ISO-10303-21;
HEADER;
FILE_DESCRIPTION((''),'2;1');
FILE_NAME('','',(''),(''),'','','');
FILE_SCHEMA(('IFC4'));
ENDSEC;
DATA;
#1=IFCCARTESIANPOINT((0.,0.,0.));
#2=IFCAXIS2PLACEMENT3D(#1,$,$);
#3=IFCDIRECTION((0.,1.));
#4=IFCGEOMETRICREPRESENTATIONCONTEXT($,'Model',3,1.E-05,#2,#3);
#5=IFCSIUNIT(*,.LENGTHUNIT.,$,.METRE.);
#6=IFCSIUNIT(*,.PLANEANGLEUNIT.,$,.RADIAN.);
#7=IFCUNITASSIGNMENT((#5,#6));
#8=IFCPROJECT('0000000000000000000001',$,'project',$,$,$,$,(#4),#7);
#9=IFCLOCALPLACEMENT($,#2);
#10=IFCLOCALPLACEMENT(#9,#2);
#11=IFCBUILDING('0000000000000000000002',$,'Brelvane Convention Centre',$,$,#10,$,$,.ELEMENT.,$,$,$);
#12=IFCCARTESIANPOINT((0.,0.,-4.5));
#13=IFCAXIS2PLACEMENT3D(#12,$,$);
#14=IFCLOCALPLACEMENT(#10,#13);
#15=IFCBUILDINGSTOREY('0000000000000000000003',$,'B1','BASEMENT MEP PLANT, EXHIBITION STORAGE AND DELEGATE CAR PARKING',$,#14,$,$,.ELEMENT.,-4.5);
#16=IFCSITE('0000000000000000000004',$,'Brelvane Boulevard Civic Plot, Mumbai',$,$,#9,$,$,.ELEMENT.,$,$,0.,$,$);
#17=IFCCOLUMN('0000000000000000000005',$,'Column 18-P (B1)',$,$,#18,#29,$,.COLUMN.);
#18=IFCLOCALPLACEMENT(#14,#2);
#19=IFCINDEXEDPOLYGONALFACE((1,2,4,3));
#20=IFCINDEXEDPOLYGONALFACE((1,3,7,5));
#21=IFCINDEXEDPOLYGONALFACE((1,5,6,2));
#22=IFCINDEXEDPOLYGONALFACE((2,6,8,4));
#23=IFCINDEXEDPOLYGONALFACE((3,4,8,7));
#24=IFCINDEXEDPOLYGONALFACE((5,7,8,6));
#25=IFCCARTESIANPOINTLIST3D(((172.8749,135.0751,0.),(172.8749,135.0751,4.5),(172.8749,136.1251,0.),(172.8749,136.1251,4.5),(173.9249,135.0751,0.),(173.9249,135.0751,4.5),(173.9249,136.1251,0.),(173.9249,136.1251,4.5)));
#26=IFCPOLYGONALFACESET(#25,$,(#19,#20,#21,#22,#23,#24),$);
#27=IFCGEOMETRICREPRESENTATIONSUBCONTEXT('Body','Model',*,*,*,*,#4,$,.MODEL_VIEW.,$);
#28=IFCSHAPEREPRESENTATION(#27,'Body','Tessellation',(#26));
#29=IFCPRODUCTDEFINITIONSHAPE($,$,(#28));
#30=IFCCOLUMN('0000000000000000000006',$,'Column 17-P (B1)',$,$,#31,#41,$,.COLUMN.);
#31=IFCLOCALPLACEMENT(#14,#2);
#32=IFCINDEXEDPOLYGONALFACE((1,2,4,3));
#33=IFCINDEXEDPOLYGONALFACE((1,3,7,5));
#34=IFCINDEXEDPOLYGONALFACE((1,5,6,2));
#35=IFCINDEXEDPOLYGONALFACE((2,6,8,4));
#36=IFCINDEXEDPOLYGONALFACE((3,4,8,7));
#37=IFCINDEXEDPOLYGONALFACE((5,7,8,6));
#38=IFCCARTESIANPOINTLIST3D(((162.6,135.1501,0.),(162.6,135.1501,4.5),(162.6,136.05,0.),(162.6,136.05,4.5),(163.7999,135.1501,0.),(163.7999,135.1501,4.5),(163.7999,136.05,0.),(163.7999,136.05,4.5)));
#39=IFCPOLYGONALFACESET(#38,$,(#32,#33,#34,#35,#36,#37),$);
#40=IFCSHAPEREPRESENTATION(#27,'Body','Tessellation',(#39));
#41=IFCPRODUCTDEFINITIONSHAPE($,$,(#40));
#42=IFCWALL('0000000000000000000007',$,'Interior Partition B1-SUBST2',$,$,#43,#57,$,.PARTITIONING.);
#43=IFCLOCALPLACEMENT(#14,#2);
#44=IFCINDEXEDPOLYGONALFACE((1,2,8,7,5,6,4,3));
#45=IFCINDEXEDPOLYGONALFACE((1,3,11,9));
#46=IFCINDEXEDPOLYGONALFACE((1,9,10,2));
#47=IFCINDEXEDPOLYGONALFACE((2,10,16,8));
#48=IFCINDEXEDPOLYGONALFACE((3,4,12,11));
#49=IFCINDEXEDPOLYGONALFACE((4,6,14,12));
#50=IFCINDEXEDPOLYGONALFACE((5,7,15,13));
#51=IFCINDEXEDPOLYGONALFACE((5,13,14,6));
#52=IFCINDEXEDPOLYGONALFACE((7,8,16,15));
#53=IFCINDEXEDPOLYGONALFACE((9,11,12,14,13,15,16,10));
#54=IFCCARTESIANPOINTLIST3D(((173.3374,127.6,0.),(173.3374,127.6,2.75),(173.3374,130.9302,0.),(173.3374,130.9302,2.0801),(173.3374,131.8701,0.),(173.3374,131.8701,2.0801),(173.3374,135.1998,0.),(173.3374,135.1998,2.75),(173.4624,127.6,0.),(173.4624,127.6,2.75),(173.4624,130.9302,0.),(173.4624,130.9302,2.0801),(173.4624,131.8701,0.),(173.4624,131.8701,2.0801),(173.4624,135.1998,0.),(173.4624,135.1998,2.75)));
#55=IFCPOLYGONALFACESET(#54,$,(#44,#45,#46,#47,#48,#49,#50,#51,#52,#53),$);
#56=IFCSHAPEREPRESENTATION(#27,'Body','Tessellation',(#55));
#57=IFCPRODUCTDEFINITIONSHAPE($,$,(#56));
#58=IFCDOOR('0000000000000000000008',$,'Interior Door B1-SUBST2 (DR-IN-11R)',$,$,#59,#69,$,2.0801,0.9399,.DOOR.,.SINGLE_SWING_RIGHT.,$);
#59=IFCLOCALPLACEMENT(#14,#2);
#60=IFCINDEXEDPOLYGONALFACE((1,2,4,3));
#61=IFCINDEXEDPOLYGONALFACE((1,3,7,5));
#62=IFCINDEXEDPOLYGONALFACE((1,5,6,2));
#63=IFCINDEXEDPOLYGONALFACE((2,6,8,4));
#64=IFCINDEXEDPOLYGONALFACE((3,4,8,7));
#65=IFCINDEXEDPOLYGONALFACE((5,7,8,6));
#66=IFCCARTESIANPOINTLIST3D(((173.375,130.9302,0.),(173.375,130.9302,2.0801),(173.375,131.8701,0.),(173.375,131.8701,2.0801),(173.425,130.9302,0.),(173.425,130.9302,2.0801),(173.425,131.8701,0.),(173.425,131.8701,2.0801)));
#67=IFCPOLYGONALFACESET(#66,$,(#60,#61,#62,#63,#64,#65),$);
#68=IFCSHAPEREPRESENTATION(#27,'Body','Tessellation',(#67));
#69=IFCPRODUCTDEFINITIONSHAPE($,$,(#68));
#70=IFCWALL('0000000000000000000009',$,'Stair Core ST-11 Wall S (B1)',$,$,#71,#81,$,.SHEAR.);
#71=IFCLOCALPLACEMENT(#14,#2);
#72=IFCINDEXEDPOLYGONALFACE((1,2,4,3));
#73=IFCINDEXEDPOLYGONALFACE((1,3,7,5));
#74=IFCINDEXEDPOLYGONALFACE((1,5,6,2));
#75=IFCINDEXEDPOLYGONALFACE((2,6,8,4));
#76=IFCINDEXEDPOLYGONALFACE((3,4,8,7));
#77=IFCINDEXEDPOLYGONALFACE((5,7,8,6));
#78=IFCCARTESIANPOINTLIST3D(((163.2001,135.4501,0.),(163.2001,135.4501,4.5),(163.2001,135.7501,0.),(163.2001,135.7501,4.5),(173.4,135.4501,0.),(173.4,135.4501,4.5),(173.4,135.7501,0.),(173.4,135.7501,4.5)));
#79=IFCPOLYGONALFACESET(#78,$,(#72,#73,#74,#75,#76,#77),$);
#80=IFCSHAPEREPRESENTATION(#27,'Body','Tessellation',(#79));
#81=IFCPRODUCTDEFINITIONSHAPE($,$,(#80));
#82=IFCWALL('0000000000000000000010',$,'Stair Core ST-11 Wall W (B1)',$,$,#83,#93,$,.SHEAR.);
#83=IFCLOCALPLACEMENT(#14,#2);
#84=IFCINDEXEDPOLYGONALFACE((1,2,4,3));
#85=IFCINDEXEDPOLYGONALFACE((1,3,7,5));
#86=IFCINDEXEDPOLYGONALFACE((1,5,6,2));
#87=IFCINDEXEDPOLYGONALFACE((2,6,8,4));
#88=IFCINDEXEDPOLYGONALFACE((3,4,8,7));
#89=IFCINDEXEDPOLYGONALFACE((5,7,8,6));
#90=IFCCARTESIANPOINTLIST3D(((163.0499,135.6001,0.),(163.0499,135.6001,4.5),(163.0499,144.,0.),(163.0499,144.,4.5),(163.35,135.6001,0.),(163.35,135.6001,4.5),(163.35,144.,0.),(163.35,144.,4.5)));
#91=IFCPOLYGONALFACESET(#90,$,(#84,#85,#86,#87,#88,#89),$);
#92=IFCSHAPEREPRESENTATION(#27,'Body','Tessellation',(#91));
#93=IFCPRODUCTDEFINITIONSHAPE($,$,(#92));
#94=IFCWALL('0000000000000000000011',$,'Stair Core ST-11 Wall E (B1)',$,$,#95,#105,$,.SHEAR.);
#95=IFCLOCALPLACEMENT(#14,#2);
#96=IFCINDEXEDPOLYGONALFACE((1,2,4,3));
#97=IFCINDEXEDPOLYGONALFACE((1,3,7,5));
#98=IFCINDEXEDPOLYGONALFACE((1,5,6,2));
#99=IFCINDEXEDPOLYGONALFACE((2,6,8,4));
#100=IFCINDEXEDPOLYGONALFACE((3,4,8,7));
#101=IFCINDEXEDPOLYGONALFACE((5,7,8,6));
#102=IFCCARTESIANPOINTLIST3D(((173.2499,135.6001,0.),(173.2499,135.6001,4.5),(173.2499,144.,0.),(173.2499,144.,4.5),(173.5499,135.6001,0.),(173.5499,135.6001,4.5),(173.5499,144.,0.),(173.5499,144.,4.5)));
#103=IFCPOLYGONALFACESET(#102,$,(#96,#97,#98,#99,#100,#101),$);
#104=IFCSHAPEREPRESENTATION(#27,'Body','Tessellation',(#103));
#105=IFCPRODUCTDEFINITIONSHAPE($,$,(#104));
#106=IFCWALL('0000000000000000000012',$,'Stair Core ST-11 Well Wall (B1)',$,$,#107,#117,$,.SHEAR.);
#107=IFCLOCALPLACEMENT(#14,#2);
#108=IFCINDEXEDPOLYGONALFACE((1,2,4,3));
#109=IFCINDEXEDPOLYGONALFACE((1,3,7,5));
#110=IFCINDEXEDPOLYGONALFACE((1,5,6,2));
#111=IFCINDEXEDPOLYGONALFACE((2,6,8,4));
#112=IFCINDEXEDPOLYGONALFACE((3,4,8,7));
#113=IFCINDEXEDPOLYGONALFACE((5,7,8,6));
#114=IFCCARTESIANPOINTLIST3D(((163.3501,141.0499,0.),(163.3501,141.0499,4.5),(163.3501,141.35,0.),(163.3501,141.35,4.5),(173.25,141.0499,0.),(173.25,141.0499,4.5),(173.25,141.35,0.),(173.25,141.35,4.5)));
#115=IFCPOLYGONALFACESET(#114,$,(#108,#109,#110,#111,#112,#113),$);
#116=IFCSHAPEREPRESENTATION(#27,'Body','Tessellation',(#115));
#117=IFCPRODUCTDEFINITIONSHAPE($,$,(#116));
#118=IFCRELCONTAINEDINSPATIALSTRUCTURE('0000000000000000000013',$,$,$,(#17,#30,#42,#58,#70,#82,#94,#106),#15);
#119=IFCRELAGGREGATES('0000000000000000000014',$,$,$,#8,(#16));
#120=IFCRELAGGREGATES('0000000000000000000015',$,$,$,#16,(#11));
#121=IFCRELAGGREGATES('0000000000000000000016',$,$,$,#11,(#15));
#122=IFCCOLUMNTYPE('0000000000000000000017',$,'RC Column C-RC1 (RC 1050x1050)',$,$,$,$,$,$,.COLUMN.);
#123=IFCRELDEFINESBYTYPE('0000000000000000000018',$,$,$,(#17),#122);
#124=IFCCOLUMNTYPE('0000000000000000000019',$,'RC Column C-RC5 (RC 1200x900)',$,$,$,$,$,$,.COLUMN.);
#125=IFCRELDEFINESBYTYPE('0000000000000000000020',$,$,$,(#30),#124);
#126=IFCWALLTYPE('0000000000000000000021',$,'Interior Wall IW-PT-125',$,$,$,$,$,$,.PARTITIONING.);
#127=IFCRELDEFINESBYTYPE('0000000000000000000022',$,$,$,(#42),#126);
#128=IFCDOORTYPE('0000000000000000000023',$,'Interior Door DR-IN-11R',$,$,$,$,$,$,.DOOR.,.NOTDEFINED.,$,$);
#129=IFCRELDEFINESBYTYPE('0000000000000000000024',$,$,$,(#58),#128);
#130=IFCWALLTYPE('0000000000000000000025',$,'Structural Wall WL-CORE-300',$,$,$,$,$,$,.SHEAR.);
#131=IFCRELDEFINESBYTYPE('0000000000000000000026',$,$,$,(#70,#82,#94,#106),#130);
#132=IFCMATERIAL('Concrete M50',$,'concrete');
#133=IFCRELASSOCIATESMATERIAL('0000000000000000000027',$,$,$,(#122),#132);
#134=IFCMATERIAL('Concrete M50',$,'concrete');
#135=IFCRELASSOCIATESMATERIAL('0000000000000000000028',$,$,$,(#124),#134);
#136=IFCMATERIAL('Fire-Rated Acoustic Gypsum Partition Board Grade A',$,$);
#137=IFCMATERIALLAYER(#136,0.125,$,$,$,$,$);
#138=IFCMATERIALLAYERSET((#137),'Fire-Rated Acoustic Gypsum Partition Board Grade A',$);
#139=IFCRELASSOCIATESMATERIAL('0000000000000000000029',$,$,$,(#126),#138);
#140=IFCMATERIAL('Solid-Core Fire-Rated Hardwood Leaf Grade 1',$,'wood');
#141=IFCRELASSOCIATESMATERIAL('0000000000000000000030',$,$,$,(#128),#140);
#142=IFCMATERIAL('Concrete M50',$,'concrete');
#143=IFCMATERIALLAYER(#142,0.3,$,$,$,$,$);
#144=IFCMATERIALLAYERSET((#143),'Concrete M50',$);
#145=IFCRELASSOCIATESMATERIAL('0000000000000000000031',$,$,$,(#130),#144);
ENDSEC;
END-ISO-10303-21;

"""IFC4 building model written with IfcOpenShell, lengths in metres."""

from ifc_helpers import new_model, si_unit, direction, frame, frame_2d, origin, origin_2d, place, context, subcontext, project, spatial, rectangle, extrude, material, layer, layer_set, material_profile, profile_set, type_object, element, fill, save


model = new_model("IFC4")

# Units and contexts
model_context = context("Model", 3, precision=1e-05, world=origin(), true_north=direction((0.0, 1.0)))
body_context = subcontext(model_context, "Body", "Model", "MODEL_VIEW")
ifc_project = project(units=[si_unit("LENGTHUNIT", "METRE"), si_unit("PLANEANGLEUNIT", "RADIAN")], contexts=[model_context])

# Site, building, storey
site_placement = place(None, origin())
site = spatial("IfcSite", under=ifc_project, at=site_placement, Name="Brelvane Boulevard Civic Plot, Mumbai", CompositionType="ELEMENT", RefElevation=0.0)
building_placement = place(site_placement, origin())
building = spatial("IfcBuilding", under=site, at=building_placement, Name="Brelvane Convention Centre", CompositionType="ELEMENT")
storey_placement = place(building_placement, frame((0.0, 0.0, -4.5)))
storey = spatial("IfcBuildingStorey", under=building, at=storey_placement, Name="B1", Description="BASEMENT MEP PLANT, EXHIBITION STORAGE AND DELEGATE CAR PARKING", CompositionType="ELEMENT", Elevation=-4.5)

# Columns
ifc_material_1 = material(Name="Concrete M50", Category="concrete")
ifc_material_profile_1 = material_profile(ifc_material_1, rectangle(XDim=1.05, YDim=1.05, at=origin_2d()), Name="RC 1050x1050")
ifc_profile_set_1 = profile_set([ifc_material_profile_1], Name="Concrete M50")
column_type_1 = type_object("IfcColumnType", Name="RC Column C-RC1 (RC 1050x1050)", PredefinedType="COLUMN", material=ifc_profile_set_1)
for number, where, z_axis, x_axis, name in (
    (1, (173.3999, 135.6001, 0.0), (0.0, 0.0, 1.0), (1.0, 0.0, 0.0), "Column 18-P (B1)"),
):
    element("IfcColumn", number, at=place(storey_placement, frame(where, z_axis=z_axis, x_axis=x_axis)), inside=storey, type_object=column_type_1, Name=name, PredefinedType="COLUMN", context=body_context, shape_type="SweptSolid", body=[
        extrude(rectangle(XDim=1.05, YDim=1.05, at=origin_2d()), origin(), (0.0, 0.0, 1.0), 4.5),
    ])
ifc_material_2 = material(Name="Concrete M50", Category="concrete")
ifc_material_profile_2 = material_profile(ifc_material_2, rectangle(XDim=1.2, YDim=0.8999, at=origin_2d()), Name="RC 1200x900")
ifc_profile_set_2 = profile_set([ifc_material_profile_2], Name="Concrete M50")
column_type_2 = type_object("IfcColumnType", Name="RC Column C-RC5 (RC 1200x900)", PredefinedType="COLUMN", material=ifc_profile_set_2)
column_placement = place(storey_placement, frame((163.2, 135.6001, 0.0), z_axis=(0.0, 0.0, 1.0), x_axis=(1.0, 0.0, 0.0)))
element("IfcColumn", 2, at=column_placement, inside=storey, type_object=column_type_2, Name="Column 17-P (B1)", PredefinedType="COLUMN", context=body_context, shape_type="SweptSolid", body=[
    extrude(rectangle(XDim=1.2, YDim=0.8999, at=origin_2d()), origin(), (0.0, 0.0, 1.0), 4.5),
])

# Wall, opening, door
ifc_material_3 = material(Name="Fire-Rated Acoustic Gypsum Partition Board Grade A")
ifc_layer_1 = layer(ifc_material_3, 0.125)
ifc_layer_set_1 = layer_set([ifc_layer_1], Name="Fire-Rated Acoustic Gypsum Partition Board Grade A")
wall_type_1 = type_object("IfcWallType", Name="Interior Wall IW-PT-125", PredefinedType="PARTITIONING", material=ifc_layer_set_1)
wall_1_placement = place(storey_placement, frame((173.3999, 127.6001, 0.0), z_axis=(0.0, 0.0, 1.0), x_axis=(0.0, 1.0, 0.0)))
wall_1 = element("IfcWall", 3, at=wall_1_placement, inside=storey, type_object=wall_type_1, Name="Interior Partition B1-SUBST2", PredefinedType="PARTITIONING", context=body_context, shape_type="SweptSolid", body=[
    extrude(rectangle(XDim=7.5999, YDim=0.125, at=frame_2d((3.7998, 0.0))), origin(), (0.0, 0.0, 1.0), 2.75),
])
opening_placement = place(wall_1_placement, frame((3.3301, 0.0, 0.0)))
opening = element("IfcOpeningElement", 4, at=opening_placement, cuts=wall_1, PredefinedType="OPENING", context=body_context, shape_type="SweptSolid", body=[
    extrude(rectangle(XDim=0.9399, YDim=2.0801, at=frame_2d((0.47, 1.04))), frame((0.0, 0.0725, 0.0), z_axis=(0.0, -1.0, 0.0), x_axis=(1.0, 0.0, 0.0)), (0.0, 0.0, 1.0), 0.145),
])
ifc_material_4 = material(Name="Solid-Core Fire-Rated Hardwood Leaf Grade 1", Category="wood")
door_type = type_object("IfcDoorType", Name="Interior Door DR-IN-11R", OperationType="NOTDEFINED", PredefinedType="DOOR", material=ifc_material_4)
door_placement = place(opening_placement, origin())
door = element("IfcDoor", 5, at=door_placement, inside=storey, type_object=door_type, Name="Interior Door B1-SUBST2 (DR-IN-11R)", OperationType="SINGLE_SWING_RIGHT", OverallHeight=2.0801, OverallWidth=0.9399, PredefinedType="DOOR", context=body_context, shape_type="SweptSolid", body=[
    extrude(rectangle(XDim=0.9399, YDim=2.0801, at=frame_2d((0.47, 1.04))), frame((0.0, 0.0249, 0.0), z_axis=(0.0, -1.0, 0.0), x_axis=(1.0, 0.0, 0.0)), (0.0, 0.0, 1.0), 0.05),
])
fill(opening, door)

# Walls
ifc_material_5 = material(Name="Concrete M50", Category="concrete")
ifc_layer_2 = layer(ifc_material_5, 0.3)
ifc_layer_set_2 = layer_set([ifc_layer_2], Name="Concrete M50")
wall_type_2 = type_object("IfcWallType", Name="Structural Wall WL-CORE-300", PredefinedType="SHEAR", material=ifc_layer_set_2)
wall_2_placement = place(storey_placement, frame((163.2, 135.6001, 0.0), z_axis=(0.0, 0.0, 1.0), x_axis=(1.0, 0.0, 0.0)))
element("IfcWall", 6, at=wall_2_placement, inside=storey, type_object=wall_type_2, Name="Stair Core ST-11 Wall S (B1)", PredefinedType="SHEAR", context=body_context, shape_type="SweptSolid", body=[
    extrude(rectangle(XDim=10.2, YDim=0.3, at=frame_2d((5.1001, 0.0))), origin(), (0.0, 0.0, 1.0), 4.5),
])
for number, where, z_axis, x_axis, name in (
    (7, (163.2, 135.6001, 0.0), (0.0, 0.0, 1.0), (0.0, 1.0, 0.0), "Stair Core ST-11 Wall W (B1)"),
    (8, (173.3999, 135.6001, 0.0), (0.0, 0.0, 1.0), (0.0, 1.0, 0.0), "Stair Core ST-11 Wall E (B1)"),
):
    element("IfcWall", number, at=place(storey_placement, frame(where, z_axis=z_axis, x_axis=x_axis)), inside=storey, type_object=wall_type_2, Name=name, PredefinedType="SHEAR", context=body_context, shape_type="SweptSolid", body=[
        extrude(rectangle(XDim=8.3999, YDim=0.3, at=frame_2d((4.2, 0.0))), origin(), (0.0, 0.0, 1.0), 4.5),
    ])
wall_3_placement = place(storey_placement, frame((163.3501, 141.2, 0.0), z_axis=(0.0, 0.0, 1.0), x_axis=(1.0, 0.0, 0.0)))
element("IfcWall", 9, at=wall_3_placement, inside=storey, type_object=wall_type_2, Name="Stair Core ST-11 Well Wall (B1)", PredefinedType="SHEAR", context=body_context, shape_type="SweptSolid", body=[
    extrude(rectangle(XDim=9.8999, YDim=0.3, at=frame_2d((4.95, 0.0))), origin(), (0.0, 0.0, 1.0), 4.5),
])

save(model, "model.ifc")
